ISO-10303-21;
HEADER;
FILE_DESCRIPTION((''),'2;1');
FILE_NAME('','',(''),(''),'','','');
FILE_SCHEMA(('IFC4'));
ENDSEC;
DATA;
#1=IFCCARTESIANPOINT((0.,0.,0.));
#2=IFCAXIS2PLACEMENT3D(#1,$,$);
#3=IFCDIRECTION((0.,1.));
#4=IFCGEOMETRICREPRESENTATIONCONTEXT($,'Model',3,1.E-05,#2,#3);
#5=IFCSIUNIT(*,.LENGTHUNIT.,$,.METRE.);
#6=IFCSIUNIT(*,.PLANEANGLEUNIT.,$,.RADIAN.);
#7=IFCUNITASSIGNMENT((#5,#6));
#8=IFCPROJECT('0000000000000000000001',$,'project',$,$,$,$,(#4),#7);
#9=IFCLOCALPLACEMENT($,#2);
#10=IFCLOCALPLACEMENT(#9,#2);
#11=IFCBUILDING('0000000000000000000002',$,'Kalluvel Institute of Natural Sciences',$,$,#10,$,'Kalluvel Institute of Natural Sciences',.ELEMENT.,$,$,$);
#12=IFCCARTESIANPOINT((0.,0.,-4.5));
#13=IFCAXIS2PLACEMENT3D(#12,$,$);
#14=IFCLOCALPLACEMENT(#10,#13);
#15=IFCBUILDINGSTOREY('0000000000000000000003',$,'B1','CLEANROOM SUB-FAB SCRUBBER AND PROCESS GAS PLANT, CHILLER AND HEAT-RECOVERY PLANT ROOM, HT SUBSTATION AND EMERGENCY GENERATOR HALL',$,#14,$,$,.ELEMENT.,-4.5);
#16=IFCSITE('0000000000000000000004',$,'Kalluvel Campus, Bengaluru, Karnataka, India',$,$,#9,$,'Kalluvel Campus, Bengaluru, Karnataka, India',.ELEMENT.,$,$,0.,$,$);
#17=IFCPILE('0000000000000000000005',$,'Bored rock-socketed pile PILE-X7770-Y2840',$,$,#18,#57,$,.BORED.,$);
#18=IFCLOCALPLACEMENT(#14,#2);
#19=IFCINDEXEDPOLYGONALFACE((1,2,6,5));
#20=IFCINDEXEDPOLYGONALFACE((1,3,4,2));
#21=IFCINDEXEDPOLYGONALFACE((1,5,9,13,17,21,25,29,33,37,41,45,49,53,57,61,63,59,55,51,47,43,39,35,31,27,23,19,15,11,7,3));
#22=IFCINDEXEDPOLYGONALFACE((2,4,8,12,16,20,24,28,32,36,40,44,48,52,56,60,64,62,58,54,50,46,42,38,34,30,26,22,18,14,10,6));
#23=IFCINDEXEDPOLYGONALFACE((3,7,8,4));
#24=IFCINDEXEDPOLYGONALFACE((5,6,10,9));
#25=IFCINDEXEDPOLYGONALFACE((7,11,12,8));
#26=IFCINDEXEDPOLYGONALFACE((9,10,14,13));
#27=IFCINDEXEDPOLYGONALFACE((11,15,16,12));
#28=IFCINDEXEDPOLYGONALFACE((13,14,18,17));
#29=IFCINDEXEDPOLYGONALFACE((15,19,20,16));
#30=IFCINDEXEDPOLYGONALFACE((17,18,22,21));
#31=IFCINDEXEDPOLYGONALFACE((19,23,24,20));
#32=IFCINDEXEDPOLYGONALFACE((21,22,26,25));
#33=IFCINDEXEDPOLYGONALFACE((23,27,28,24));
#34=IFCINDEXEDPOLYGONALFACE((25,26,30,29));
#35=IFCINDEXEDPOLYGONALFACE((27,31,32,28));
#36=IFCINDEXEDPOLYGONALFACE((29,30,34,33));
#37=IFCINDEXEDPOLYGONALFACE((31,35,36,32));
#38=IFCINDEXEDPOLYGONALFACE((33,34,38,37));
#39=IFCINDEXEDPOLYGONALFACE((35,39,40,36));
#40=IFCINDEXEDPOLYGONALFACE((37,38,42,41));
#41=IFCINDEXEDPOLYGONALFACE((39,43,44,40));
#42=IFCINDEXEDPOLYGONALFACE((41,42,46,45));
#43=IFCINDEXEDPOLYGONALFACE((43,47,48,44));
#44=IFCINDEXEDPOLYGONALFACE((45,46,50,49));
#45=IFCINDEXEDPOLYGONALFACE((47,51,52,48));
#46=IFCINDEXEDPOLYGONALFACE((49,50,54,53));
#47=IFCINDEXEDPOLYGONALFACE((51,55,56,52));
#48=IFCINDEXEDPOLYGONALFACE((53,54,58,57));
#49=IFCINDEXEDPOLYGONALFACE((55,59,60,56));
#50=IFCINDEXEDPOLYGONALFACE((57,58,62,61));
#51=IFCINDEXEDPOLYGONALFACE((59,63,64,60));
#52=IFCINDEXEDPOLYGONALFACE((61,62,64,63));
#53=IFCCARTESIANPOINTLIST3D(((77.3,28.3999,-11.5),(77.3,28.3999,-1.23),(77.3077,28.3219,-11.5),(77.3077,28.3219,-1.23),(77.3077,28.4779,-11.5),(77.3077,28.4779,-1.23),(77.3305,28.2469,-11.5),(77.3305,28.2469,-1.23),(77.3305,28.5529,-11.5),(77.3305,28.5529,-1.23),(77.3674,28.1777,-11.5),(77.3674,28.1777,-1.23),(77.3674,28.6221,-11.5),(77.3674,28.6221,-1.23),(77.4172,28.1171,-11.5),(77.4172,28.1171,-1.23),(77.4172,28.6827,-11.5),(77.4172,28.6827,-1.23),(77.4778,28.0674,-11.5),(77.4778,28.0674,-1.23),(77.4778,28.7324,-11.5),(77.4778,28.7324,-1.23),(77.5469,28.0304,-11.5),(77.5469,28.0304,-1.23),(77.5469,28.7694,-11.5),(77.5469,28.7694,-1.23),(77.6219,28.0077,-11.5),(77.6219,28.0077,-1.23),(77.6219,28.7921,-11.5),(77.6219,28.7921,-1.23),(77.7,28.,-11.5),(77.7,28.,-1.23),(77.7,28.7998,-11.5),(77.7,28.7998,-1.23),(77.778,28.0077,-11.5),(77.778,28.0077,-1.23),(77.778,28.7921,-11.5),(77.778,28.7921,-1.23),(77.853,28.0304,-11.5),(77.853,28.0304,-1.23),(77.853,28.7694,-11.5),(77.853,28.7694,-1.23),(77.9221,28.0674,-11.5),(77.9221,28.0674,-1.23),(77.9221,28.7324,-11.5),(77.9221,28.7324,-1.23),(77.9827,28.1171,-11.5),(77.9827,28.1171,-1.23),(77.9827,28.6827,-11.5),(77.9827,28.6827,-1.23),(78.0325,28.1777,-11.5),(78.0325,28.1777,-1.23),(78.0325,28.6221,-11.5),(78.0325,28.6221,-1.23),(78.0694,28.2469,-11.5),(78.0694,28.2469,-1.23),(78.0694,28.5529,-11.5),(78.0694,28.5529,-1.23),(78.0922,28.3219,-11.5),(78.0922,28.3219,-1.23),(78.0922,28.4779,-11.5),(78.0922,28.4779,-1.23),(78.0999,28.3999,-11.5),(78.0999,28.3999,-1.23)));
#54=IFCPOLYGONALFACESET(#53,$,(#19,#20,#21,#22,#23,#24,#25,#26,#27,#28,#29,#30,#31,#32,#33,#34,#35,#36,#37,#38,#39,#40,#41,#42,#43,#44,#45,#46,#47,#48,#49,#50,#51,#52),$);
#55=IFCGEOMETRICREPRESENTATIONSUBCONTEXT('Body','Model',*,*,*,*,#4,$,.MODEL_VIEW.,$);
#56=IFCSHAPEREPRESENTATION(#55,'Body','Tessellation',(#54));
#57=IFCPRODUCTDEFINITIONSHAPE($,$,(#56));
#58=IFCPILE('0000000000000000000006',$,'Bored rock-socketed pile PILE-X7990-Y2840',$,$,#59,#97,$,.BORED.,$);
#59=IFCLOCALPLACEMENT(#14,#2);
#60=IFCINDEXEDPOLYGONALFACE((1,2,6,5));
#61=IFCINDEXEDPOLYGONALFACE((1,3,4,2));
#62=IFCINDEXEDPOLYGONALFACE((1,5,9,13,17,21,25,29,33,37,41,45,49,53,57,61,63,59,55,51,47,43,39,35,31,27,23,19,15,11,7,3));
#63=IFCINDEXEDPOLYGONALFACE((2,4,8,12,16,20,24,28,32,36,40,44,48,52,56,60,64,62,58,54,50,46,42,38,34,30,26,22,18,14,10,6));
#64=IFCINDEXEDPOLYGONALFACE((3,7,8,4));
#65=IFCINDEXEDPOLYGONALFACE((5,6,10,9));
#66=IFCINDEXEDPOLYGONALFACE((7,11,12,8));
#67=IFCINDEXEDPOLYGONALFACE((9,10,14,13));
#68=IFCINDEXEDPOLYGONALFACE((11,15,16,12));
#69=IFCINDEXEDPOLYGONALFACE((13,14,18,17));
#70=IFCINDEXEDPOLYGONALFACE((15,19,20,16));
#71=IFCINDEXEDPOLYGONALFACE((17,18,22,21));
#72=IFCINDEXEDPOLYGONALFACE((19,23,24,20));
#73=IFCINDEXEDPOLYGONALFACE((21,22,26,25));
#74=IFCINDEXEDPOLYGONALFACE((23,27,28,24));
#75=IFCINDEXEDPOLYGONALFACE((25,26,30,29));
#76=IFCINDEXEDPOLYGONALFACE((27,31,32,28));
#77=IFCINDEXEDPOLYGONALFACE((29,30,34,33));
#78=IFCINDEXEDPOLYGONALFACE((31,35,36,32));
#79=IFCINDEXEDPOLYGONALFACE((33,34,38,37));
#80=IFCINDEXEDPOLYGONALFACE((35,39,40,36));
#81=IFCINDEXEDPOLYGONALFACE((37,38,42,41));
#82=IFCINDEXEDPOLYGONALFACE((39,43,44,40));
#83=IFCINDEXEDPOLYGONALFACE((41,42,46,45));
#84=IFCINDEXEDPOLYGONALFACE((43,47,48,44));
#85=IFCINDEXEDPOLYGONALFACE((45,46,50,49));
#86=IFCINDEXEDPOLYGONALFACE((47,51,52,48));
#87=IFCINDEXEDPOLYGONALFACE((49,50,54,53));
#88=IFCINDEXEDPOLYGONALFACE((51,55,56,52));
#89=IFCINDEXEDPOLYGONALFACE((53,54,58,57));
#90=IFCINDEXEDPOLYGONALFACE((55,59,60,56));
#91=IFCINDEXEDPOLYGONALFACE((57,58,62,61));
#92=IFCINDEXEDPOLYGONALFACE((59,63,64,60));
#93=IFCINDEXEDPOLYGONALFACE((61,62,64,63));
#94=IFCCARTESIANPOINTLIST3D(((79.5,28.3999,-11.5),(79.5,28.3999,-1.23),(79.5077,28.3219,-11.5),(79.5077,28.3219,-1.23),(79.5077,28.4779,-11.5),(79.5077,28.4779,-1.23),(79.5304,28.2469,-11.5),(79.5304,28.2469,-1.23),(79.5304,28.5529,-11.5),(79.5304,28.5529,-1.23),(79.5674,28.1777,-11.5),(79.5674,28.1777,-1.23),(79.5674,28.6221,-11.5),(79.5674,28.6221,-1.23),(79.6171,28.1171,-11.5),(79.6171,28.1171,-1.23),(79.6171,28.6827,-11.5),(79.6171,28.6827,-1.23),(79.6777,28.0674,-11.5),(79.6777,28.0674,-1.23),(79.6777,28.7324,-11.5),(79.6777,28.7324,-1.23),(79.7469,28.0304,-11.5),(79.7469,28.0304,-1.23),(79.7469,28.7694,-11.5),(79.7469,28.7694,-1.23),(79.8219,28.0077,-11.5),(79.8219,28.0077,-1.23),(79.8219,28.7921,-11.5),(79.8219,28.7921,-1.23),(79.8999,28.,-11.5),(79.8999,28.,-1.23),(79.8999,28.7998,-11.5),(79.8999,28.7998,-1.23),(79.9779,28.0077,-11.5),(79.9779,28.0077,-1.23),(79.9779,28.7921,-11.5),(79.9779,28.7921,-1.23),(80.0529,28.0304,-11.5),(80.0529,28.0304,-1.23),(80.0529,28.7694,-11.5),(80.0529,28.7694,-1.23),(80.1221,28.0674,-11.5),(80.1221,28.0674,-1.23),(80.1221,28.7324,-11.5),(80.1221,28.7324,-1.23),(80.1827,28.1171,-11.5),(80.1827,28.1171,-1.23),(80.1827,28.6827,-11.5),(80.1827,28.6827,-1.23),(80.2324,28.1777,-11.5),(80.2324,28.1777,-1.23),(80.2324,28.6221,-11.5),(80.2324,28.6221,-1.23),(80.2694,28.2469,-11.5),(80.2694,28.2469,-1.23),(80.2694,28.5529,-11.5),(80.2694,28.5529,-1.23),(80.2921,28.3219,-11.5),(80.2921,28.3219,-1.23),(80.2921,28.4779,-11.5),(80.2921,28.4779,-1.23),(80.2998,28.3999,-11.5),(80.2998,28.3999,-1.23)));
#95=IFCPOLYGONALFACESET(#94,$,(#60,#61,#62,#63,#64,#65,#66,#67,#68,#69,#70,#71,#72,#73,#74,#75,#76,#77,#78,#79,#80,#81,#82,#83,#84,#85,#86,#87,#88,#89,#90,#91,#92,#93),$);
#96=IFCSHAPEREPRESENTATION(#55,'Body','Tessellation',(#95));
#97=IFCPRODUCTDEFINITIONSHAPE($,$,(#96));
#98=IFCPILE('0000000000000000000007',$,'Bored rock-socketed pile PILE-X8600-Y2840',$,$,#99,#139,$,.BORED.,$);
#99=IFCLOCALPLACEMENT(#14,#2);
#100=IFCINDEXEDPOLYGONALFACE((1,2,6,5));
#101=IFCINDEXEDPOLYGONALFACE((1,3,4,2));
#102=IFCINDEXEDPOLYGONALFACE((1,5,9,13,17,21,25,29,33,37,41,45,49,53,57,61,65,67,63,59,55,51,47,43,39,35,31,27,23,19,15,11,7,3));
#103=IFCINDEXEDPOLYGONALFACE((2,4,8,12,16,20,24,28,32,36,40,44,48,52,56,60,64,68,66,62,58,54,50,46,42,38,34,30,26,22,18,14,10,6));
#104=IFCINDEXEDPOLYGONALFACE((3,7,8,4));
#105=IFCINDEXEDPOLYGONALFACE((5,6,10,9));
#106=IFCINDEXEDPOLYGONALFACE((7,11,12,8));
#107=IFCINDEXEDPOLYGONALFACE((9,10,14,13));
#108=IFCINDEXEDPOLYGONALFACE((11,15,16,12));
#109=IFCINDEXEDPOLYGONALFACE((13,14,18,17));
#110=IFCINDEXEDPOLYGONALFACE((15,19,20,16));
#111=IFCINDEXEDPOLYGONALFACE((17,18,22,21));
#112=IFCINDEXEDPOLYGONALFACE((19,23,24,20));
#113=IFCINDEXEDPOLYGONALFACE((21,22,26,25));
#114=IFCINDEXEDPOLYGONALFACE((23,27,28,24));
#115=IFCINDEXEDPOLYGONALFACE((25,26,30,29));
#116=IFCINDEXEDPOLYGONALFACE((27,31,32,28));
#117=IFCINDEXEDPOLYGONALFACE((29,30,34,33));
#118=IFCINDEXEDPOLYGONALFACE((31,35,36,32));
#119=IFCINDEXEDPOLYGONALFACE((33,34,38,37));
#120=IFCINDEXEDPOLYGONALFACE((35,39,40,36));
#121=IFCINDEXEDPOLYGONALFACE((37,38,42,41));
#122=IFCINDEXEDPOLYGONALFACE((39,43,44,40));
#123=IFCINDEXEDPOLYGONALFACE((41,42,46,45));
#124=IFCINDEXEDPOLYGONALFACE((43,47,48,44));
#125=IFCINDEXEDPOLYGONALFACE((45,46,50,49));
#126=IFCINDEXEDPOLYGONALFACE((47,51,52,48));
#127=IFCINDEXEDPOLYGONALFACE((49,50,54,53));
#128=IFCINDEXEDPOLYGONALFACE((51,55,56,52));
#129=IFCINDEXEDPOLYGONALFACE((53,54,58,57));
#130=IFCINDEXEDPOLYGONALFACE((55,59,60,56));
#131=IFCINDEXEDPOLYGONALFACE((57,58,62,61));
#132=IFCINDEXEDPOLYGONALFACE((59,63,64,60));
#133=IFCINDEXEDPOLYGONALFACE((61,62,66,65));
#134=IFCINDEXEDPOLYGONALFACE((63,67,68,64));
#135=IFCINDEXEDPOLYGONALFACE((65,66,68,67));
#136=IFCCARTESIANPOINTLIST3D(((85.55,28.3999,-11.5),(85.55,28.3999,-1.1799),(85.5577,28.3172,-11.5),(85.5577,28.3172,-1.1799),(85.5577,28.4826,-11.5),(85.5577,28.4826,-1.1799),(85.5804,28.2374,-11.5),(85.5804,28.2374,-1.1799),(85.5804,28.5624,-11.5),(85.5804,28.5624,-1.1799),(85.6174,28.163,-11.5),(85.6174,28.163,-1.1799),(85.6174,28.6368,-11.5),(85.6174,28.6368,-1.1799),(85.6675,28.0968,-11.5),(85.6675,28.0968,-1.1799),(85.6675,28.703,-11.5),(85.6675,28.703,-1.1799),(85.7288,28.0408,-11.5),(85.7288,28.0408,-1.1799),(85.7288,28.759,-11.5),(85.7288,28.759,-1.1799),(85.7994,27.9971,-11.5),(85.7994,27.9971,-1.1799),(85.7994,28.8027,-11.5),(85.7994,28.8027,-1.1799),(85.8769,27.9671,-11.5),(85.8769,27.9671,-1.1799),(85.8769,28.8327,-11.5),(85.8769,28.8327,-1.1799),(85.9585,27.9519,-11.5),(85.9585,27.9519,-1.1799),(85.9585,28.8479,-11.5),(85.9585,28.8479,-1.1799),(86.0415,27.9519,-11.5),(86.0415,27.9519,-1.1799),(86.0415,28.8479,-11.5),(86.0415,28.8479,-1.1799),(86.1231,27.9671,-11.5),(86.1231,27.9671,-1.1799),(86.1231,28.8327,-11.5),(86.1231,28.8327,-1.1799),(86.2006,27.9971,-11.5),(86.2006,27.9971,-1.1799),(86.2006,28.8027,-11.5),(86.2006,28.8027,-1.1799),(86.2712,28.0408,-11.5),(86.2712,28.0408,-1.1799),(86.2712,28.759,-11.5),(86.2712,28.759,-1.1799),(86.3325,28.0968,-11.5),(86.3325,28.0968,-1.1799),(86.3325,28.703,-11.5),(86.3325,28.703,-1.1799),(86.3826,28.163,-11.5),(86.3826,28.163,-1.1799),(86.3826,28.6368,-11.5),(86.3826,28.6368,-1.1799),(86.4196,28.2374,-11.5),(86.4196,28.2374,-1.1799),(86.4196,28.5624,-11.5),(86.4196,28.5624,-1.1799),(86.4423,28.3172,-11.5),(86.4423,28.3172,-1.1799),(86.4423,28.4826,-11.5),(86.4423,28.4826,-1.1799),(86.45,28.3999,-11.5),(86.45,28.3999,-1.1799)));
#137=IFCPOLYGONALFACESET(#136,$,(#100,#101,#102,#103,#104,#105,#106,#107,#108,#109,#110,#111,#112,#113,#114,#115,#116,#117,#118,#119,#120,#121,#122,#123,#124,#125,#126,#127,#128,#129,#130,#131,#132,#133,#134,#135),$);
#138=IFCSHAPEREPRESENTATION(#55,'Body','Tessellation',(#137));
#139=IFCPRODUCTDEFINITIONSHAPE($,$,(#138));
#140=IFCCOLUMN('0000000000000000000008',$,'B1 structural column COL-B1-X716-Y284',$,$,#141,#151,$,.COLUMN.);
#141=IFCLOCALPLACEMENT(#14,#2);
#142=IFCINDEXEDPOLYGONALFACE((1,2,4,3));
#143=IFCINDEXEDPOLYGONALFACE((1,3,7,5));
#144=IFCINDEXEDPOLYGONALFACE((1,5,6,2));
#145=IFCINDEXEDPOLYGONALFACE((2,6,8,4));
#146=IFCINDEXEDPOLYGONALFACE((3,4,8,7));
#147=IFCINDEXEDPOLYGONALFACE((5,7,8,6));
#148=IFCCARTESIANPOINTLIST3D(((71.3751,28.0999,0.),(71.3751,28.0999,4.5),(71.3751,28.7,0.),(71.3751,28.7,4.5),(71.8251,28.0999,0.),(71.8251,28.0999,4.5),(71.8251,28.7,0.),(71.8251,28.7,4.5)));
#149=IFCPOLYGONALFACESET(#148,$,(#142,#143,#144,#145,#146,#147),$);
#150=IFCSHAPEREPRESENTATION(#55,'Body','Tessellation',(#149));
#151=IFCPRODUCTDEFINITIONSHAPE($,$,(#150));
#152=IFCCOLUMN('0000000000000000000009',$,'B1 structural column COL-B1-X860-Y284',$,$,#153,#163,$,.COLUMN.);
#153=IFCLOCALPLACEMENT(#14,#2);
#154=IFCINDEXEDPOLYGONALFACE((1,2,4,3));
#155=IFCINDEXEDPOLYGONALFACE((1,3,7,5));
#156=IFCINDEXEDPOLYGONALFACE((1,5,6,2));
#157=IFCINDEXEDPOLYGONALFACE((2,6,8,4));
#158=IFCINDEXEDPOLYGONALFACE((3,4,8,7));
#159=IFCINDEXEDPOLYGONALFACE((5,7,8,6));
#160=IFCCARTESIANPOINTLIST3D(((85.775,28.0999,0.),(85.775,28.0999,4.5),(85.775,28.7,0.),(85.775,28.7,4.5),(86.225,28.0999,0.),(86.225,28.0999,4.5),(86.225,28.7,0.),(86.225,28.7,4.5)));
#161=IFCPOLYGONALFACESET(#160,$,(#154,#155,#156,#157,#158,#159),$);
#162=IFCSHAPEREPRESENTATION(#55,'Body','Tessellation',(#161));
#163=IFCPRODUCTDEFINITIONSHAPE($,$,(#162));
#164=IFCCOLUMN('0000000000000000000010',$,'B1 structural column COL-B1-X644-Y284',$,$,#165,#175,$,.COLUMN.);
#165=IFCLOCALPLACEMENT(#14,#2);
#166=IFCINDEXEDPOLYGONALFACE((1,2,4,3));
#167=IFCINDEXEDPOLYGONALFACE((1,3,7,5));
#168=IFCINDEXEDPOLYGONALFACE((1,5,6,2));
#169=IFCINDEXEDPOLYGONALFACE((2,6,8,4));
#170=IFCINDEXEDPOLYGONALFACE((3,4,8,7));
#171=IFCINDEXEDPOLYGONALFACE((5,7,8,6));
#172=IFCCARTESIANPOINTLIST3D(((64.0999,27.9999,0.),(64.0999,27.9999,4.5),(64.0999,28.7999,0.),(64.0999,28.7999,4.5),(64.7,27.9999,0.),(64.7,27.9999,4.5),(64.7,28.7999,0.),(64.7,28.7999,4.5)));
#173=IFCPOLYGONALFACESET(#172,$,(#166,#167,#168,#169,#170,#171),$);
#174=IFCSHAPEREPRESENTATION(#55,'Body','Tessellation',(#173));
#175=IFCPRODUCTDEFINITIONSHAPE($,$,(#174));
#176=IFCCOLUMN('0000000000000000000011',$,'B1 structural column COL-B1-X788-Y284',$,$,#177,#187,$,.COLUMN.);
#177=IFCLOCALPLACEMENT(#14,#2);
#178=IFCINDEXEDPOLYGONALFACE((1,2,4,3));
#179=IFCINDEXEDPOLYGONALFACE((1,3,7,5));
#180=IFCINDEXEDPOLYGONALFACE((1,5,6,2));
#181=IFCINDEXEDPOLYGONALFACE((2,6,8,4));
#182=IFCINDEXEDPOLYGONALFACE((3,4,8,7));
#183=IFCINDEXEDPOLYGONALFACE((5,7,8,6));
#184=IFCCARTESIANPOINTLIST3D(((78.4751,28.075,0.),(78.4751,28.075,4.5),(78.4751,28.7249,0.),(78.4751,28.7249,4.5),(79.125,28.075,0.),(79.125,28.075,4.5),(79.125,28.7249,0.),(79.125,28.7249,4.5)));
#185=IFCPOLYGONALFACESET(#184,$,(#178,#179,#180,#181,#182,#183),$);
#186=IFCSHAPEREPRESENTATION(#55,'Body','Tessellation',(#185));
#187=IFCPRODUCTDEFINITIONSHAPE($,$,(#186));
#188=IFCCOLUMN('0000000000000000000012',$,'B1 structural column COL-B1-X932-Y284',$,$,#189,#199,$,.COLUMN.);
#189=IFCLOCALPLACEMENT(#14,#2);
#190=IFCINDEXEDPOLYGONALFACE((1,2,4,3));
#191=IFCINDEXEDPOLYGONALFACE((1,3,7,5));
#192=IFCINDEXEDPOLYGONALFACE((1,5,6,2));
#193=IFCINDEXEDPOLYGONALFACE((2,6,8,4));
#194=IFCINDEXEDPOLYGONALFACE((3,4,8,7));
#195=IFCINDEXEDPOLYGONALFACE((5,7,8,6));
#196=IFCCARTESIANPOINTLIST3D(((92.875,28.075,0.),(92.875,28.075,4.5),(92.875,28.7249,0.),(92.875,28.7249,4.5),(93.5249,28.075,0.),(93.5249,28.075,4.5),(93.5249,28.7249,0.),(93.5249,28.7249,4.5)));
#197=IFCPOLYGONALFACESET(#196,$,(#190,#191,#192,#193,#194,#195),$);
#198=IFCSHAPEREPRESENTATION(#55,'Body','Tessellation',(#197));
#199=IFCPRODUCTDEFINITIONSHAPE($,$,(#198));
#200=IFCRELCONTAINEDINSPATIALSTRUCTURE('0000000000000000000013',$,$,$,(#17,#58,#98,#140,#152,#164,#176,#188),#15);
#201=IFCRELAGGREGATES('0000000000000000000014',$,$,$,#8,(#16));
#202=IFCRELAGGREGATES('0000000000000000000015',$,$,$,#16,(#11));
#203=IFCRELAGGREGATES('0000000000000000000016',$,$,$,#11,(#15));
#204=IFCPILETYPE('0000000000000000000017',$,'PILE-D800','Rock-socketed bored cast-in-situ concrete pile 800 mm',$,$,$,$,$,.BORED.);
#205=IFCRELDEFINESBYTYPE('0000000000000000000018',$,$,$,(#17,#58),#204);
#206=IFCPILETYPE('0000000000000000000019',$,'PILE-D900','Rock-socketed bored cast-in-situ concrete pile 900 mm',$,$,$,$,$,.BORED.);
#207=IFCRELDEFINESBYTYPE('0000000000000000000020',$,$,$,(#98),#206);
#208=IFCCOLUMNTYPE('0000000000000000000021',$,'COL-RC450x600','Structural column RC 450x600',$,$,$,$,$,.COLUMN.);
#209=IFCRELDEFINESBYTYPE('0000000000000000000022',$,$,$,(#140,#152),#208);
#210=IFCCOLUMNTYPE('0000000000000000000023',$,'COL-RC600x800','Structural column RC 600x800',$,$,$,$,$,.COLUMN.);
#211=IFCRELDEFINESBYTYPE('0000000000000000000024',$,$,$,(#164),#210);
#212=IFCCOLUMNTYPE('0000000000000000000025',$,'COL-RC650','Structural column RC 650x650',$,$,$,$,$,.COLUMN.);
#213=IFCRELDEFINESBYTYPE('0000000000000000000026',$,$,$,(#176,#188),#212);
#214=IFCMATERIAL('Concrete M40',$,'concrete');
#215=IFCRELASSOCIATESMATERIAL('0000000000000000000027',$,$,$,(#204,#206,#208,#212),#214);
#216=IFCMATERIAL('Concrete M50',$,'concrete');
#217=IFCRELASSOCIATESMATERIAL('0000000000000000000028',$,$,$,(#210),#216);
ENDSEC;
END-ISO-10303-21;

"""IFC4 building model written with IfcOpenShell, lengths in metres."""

from ifc_helpers import new_model, si_unit, direction, frame, origin, origin_2d, place, context, subcontext, project, spatial, rectangle, circle, extrude, material, material_profile, profile_set, type_object, element, save


model = new_model("IFC4")

# Units and contexts
model_context = context("Model", 3, precision=1e-05, world=origin(), true_north=direction((0.0, 1.0)))
body_context = subcontext(model_context, "Body", "Model", "MODEL_VIEW")
ifc_project = project(units=[si_unit("LENGTHUNIT", "METRE"), si_unit("PLANEANGLEUNIT", "RADIAN")], contexts=[model_context])

# Site, building, storey
site_placement = place(None, origin())
site = spatial("IfcSite", under=ifc_project, at=site_placement, Name="Kalluvel Campus, Bengaluru, Karnataka, India", LongName="Kalluvel Campus, Bengaluru, Karnataka, India", CompositionType="ELEMENT", RefElevation=0.0)
building_placement = place(site_placement, origin())
building = spatial("IfcBuilding", under=site, at=building_placement, Name="Kalluvel Institute of Natural Sciences", LongName="Kalluvel Institute of Natural Sciences", CompositionType="ELEMENT")
storey_placement = place(building_placement, frame((0.0, 0.0, -4.5)))
storey = spatial("IfcBuildingStorey", under=building, at=storey_placement, Name="B1", Description="CLEANROOM SUB-FAB SCRUBBER AND PROCESS GAS PLANT, CHILLER AND HEAT-RECOVERY PLANT ROOM, HT SUBSTATION AND EMERGENCY GENERATOR HALL", CompositionType="ELEMENT", Elevation=-4.5)

# Shared definitions
ifc_material_1 = material(Name="Concrete M40", Category="concrete")

# Piles
ifc_material_profile_1 = material_profile(ifc_material_1, circle(Radius=0.3999, at=origin_2d()), Name="PILE D800")
ifc_profile_set_1 = profile_set([ifc_material_profile_1], Name="Concrete M40")
pile_type_1 = type_object("IfcPileType", Name="PILE-D800", Description="Rock-socketed bored cast-in-situ concrete pile 800 mm", PredefinedType="BORED", material=ifc_profile_set_1)
for number, where, z_axis, x_axis, name in (
    (1, (77.7, 28.3999, -1.23), (0.0, 0.0, -1.0), (1.0, 0.0, 0.0), "Bored rock-socketed pile PILE-X7770-Y2840"),
    (2, (79.8999, 28.3999, -1.23), (0.0, 0.0, -1.0), (1.0, 0.0, 0.0), "Bored rock-socketed pile PILE-X7990-Y2840"),
):
    element("IfcPile", number, at=place(storey_placement, frame(where, z_axis=z_axis, x_axis=x_axis)), inside=storey, type_object=pile_type_1, Name=name, PredefinedType="BORED", context=body_context, shape_type="SweptSolid", body=[
        extrude(circle(Radius=0.3999, at=origin_2d()), origin(), (0.0, 0.0, 1.0), 10.27),
    ])
ifc_material_profile_2 = material_profile(ifc_material_1, circle(Radius=0.45, at=origin_2d()), Name="PILE D900")
ifc_profile_set_2 = profile_set([ifc_material_profile_2], Name="Concrete M40")
pile_type_2 = type_object("IfcPileType", Name="PILE-D900", Description="Rock-socketed bored cast-in-situ concrete pile 900 mm", PredefinedType="BORED", material=ifc_profile_set_2)
pile_1_placement = place(storey_placement, frame((86.0, 28.3999, -1.1799), z_axis=(0.0, 0.0, -1.0), x_axis=(1.0, 0.0, 0.0)))
element("IfcPile", 3, at=pile_1_placement, inside=storey, type_object=pile_type_2, Name="Bored rock-socketed pile PILE-X8600-Y2840", PredefinedType="BORED", context=body_context, shape_type="SweptSolid", body=[
    extrude(circle(Radius=0.45, at=origin_2d()), origin(), (0.0, 0.0, 1.0), 10.3201),
])

# Columns
ifc_material_profile_3 = material_profile(ifc_material_1, rectangle(XDim=0.45, YDim=0.6001, at=origin_2d()), Name="RC 450x600")
ifc_profile_set_3 = profile_set([ifc_material_profile_3], Name="Concrete M40")
column_type_1 = type_object("IfcColumnType", Name="COL-RC450x600", Description="Structural column RC 450x600", PredefinedType="COLUMN", material=ifc_profile_set_3)
for number, where, z_axis, x_axis, name in (
    (4, (71.6001, 28.3999, 0.0), (0.0, 0.0, 1.0), (1.0, 0.0, 0.0), "B1 structural column COL-B1-X716-Y284"),
    (5, (86.0, 28.3999, 0.0), (0.0, 0.0, 1.0), (1.0, 0.0, 0.0), "B1 structural column COL-B1-X860-Y284"),
):
    element("IfcColumn", number, at=place(storey_placement, frame(where, z_axis=z_axis, x_axis=x_axis)), inside=storey, type_object=column_type_1, Name=name, PredefinedType="COLUMN", context=body_context, shape_type="SweptSolid", body=[
        extrude(rectangle(XDim=0.45, YDim=0.6001, at=origin_2d()), origin(), (0.0, 0.0, 1.0), 4.5),
    ])
ifc_material_2 = material(Name="Concrete M50", Category="concrete")
ifc_material_profile_4 = material_profile(ifc_material_2, rectangle(XDim=0.6001, YDim=0.8, at=origin_2d()), Name="RC 600x800")
ifc_profile_set_4 = profile_set([ifc_material_profile_4], Name="Concrete M50")
column_type_2 = type_object("IfcColumnType", Name="COL-RC600x800", Description="Structural column RC 600x800", PredefinedType="COLUMN", material=ifc_profile_set_4)
column_placement = place(storey_placement, frame((64.3999, 28.3999, 0.0), z_axis=(0.0, 0.0, 1.0), x_axis=(1.0, 0.0, 0.0)))
element("IfcColumn", 6, at=column_placement, inside=storey, type_object=column_type_2, Name="B1 structural column COL-B1-X644-Y284", PredefinedType="COLUMN", context=body_context, shape_type="SweptSolid", body=[
    extrude(rectangle(XDim=0.6001, YDim=0.8, at=origin_2d()), origin(), (0.0, 0.0, 1.0), 4.5),
])
ifc_material_profile_5 = material_profile(ifc_material_1, rectangle(XDim=0.6499, YDim=0.6499, at=origin_2d()), Name="RC 650x650")
ifc_profile_set_5 = profile_set([ifc_material_profile_5], Name="Concrete M40")
column_type_3 = type_object("IfcColumnType", Name="COL-RC650", Description="Structural column RC 650x650", PredefinedType="COLUMN", material=ifc_profile_set_5)
for number, where, z_axis, x_axis, name in (
    (7, (78.8, 28.3999, 0.0), (0.0, 0.0, 1.0), (1.0, 0.0, 0.0), "B1 structural column COL-B1-X788-Y284"),
    (8, (93.2, 28.3999, 0.0), (0.0, 0.0, 1.0), (1.0, 0.0, 0.0), "B1 structural column COL-B1-X932-Y284"),
):
    element("IfcColumn", number, at=place(storey_placement, frame(where, z_axis=z_axis, x_axis=x_axis)), inside=storey, type_object=column_type_3, Name=name, PredefinedType="COLUMN", context=body_context, shape_type="SweptSolid", body=[
        extrude(rectangle(XDim=0.6499, YDim=0.6499, at=origin_2d()), origin(), (0.0, 0.0, 1.0), 4.5),
    ])

save(model, "model.ifc")
